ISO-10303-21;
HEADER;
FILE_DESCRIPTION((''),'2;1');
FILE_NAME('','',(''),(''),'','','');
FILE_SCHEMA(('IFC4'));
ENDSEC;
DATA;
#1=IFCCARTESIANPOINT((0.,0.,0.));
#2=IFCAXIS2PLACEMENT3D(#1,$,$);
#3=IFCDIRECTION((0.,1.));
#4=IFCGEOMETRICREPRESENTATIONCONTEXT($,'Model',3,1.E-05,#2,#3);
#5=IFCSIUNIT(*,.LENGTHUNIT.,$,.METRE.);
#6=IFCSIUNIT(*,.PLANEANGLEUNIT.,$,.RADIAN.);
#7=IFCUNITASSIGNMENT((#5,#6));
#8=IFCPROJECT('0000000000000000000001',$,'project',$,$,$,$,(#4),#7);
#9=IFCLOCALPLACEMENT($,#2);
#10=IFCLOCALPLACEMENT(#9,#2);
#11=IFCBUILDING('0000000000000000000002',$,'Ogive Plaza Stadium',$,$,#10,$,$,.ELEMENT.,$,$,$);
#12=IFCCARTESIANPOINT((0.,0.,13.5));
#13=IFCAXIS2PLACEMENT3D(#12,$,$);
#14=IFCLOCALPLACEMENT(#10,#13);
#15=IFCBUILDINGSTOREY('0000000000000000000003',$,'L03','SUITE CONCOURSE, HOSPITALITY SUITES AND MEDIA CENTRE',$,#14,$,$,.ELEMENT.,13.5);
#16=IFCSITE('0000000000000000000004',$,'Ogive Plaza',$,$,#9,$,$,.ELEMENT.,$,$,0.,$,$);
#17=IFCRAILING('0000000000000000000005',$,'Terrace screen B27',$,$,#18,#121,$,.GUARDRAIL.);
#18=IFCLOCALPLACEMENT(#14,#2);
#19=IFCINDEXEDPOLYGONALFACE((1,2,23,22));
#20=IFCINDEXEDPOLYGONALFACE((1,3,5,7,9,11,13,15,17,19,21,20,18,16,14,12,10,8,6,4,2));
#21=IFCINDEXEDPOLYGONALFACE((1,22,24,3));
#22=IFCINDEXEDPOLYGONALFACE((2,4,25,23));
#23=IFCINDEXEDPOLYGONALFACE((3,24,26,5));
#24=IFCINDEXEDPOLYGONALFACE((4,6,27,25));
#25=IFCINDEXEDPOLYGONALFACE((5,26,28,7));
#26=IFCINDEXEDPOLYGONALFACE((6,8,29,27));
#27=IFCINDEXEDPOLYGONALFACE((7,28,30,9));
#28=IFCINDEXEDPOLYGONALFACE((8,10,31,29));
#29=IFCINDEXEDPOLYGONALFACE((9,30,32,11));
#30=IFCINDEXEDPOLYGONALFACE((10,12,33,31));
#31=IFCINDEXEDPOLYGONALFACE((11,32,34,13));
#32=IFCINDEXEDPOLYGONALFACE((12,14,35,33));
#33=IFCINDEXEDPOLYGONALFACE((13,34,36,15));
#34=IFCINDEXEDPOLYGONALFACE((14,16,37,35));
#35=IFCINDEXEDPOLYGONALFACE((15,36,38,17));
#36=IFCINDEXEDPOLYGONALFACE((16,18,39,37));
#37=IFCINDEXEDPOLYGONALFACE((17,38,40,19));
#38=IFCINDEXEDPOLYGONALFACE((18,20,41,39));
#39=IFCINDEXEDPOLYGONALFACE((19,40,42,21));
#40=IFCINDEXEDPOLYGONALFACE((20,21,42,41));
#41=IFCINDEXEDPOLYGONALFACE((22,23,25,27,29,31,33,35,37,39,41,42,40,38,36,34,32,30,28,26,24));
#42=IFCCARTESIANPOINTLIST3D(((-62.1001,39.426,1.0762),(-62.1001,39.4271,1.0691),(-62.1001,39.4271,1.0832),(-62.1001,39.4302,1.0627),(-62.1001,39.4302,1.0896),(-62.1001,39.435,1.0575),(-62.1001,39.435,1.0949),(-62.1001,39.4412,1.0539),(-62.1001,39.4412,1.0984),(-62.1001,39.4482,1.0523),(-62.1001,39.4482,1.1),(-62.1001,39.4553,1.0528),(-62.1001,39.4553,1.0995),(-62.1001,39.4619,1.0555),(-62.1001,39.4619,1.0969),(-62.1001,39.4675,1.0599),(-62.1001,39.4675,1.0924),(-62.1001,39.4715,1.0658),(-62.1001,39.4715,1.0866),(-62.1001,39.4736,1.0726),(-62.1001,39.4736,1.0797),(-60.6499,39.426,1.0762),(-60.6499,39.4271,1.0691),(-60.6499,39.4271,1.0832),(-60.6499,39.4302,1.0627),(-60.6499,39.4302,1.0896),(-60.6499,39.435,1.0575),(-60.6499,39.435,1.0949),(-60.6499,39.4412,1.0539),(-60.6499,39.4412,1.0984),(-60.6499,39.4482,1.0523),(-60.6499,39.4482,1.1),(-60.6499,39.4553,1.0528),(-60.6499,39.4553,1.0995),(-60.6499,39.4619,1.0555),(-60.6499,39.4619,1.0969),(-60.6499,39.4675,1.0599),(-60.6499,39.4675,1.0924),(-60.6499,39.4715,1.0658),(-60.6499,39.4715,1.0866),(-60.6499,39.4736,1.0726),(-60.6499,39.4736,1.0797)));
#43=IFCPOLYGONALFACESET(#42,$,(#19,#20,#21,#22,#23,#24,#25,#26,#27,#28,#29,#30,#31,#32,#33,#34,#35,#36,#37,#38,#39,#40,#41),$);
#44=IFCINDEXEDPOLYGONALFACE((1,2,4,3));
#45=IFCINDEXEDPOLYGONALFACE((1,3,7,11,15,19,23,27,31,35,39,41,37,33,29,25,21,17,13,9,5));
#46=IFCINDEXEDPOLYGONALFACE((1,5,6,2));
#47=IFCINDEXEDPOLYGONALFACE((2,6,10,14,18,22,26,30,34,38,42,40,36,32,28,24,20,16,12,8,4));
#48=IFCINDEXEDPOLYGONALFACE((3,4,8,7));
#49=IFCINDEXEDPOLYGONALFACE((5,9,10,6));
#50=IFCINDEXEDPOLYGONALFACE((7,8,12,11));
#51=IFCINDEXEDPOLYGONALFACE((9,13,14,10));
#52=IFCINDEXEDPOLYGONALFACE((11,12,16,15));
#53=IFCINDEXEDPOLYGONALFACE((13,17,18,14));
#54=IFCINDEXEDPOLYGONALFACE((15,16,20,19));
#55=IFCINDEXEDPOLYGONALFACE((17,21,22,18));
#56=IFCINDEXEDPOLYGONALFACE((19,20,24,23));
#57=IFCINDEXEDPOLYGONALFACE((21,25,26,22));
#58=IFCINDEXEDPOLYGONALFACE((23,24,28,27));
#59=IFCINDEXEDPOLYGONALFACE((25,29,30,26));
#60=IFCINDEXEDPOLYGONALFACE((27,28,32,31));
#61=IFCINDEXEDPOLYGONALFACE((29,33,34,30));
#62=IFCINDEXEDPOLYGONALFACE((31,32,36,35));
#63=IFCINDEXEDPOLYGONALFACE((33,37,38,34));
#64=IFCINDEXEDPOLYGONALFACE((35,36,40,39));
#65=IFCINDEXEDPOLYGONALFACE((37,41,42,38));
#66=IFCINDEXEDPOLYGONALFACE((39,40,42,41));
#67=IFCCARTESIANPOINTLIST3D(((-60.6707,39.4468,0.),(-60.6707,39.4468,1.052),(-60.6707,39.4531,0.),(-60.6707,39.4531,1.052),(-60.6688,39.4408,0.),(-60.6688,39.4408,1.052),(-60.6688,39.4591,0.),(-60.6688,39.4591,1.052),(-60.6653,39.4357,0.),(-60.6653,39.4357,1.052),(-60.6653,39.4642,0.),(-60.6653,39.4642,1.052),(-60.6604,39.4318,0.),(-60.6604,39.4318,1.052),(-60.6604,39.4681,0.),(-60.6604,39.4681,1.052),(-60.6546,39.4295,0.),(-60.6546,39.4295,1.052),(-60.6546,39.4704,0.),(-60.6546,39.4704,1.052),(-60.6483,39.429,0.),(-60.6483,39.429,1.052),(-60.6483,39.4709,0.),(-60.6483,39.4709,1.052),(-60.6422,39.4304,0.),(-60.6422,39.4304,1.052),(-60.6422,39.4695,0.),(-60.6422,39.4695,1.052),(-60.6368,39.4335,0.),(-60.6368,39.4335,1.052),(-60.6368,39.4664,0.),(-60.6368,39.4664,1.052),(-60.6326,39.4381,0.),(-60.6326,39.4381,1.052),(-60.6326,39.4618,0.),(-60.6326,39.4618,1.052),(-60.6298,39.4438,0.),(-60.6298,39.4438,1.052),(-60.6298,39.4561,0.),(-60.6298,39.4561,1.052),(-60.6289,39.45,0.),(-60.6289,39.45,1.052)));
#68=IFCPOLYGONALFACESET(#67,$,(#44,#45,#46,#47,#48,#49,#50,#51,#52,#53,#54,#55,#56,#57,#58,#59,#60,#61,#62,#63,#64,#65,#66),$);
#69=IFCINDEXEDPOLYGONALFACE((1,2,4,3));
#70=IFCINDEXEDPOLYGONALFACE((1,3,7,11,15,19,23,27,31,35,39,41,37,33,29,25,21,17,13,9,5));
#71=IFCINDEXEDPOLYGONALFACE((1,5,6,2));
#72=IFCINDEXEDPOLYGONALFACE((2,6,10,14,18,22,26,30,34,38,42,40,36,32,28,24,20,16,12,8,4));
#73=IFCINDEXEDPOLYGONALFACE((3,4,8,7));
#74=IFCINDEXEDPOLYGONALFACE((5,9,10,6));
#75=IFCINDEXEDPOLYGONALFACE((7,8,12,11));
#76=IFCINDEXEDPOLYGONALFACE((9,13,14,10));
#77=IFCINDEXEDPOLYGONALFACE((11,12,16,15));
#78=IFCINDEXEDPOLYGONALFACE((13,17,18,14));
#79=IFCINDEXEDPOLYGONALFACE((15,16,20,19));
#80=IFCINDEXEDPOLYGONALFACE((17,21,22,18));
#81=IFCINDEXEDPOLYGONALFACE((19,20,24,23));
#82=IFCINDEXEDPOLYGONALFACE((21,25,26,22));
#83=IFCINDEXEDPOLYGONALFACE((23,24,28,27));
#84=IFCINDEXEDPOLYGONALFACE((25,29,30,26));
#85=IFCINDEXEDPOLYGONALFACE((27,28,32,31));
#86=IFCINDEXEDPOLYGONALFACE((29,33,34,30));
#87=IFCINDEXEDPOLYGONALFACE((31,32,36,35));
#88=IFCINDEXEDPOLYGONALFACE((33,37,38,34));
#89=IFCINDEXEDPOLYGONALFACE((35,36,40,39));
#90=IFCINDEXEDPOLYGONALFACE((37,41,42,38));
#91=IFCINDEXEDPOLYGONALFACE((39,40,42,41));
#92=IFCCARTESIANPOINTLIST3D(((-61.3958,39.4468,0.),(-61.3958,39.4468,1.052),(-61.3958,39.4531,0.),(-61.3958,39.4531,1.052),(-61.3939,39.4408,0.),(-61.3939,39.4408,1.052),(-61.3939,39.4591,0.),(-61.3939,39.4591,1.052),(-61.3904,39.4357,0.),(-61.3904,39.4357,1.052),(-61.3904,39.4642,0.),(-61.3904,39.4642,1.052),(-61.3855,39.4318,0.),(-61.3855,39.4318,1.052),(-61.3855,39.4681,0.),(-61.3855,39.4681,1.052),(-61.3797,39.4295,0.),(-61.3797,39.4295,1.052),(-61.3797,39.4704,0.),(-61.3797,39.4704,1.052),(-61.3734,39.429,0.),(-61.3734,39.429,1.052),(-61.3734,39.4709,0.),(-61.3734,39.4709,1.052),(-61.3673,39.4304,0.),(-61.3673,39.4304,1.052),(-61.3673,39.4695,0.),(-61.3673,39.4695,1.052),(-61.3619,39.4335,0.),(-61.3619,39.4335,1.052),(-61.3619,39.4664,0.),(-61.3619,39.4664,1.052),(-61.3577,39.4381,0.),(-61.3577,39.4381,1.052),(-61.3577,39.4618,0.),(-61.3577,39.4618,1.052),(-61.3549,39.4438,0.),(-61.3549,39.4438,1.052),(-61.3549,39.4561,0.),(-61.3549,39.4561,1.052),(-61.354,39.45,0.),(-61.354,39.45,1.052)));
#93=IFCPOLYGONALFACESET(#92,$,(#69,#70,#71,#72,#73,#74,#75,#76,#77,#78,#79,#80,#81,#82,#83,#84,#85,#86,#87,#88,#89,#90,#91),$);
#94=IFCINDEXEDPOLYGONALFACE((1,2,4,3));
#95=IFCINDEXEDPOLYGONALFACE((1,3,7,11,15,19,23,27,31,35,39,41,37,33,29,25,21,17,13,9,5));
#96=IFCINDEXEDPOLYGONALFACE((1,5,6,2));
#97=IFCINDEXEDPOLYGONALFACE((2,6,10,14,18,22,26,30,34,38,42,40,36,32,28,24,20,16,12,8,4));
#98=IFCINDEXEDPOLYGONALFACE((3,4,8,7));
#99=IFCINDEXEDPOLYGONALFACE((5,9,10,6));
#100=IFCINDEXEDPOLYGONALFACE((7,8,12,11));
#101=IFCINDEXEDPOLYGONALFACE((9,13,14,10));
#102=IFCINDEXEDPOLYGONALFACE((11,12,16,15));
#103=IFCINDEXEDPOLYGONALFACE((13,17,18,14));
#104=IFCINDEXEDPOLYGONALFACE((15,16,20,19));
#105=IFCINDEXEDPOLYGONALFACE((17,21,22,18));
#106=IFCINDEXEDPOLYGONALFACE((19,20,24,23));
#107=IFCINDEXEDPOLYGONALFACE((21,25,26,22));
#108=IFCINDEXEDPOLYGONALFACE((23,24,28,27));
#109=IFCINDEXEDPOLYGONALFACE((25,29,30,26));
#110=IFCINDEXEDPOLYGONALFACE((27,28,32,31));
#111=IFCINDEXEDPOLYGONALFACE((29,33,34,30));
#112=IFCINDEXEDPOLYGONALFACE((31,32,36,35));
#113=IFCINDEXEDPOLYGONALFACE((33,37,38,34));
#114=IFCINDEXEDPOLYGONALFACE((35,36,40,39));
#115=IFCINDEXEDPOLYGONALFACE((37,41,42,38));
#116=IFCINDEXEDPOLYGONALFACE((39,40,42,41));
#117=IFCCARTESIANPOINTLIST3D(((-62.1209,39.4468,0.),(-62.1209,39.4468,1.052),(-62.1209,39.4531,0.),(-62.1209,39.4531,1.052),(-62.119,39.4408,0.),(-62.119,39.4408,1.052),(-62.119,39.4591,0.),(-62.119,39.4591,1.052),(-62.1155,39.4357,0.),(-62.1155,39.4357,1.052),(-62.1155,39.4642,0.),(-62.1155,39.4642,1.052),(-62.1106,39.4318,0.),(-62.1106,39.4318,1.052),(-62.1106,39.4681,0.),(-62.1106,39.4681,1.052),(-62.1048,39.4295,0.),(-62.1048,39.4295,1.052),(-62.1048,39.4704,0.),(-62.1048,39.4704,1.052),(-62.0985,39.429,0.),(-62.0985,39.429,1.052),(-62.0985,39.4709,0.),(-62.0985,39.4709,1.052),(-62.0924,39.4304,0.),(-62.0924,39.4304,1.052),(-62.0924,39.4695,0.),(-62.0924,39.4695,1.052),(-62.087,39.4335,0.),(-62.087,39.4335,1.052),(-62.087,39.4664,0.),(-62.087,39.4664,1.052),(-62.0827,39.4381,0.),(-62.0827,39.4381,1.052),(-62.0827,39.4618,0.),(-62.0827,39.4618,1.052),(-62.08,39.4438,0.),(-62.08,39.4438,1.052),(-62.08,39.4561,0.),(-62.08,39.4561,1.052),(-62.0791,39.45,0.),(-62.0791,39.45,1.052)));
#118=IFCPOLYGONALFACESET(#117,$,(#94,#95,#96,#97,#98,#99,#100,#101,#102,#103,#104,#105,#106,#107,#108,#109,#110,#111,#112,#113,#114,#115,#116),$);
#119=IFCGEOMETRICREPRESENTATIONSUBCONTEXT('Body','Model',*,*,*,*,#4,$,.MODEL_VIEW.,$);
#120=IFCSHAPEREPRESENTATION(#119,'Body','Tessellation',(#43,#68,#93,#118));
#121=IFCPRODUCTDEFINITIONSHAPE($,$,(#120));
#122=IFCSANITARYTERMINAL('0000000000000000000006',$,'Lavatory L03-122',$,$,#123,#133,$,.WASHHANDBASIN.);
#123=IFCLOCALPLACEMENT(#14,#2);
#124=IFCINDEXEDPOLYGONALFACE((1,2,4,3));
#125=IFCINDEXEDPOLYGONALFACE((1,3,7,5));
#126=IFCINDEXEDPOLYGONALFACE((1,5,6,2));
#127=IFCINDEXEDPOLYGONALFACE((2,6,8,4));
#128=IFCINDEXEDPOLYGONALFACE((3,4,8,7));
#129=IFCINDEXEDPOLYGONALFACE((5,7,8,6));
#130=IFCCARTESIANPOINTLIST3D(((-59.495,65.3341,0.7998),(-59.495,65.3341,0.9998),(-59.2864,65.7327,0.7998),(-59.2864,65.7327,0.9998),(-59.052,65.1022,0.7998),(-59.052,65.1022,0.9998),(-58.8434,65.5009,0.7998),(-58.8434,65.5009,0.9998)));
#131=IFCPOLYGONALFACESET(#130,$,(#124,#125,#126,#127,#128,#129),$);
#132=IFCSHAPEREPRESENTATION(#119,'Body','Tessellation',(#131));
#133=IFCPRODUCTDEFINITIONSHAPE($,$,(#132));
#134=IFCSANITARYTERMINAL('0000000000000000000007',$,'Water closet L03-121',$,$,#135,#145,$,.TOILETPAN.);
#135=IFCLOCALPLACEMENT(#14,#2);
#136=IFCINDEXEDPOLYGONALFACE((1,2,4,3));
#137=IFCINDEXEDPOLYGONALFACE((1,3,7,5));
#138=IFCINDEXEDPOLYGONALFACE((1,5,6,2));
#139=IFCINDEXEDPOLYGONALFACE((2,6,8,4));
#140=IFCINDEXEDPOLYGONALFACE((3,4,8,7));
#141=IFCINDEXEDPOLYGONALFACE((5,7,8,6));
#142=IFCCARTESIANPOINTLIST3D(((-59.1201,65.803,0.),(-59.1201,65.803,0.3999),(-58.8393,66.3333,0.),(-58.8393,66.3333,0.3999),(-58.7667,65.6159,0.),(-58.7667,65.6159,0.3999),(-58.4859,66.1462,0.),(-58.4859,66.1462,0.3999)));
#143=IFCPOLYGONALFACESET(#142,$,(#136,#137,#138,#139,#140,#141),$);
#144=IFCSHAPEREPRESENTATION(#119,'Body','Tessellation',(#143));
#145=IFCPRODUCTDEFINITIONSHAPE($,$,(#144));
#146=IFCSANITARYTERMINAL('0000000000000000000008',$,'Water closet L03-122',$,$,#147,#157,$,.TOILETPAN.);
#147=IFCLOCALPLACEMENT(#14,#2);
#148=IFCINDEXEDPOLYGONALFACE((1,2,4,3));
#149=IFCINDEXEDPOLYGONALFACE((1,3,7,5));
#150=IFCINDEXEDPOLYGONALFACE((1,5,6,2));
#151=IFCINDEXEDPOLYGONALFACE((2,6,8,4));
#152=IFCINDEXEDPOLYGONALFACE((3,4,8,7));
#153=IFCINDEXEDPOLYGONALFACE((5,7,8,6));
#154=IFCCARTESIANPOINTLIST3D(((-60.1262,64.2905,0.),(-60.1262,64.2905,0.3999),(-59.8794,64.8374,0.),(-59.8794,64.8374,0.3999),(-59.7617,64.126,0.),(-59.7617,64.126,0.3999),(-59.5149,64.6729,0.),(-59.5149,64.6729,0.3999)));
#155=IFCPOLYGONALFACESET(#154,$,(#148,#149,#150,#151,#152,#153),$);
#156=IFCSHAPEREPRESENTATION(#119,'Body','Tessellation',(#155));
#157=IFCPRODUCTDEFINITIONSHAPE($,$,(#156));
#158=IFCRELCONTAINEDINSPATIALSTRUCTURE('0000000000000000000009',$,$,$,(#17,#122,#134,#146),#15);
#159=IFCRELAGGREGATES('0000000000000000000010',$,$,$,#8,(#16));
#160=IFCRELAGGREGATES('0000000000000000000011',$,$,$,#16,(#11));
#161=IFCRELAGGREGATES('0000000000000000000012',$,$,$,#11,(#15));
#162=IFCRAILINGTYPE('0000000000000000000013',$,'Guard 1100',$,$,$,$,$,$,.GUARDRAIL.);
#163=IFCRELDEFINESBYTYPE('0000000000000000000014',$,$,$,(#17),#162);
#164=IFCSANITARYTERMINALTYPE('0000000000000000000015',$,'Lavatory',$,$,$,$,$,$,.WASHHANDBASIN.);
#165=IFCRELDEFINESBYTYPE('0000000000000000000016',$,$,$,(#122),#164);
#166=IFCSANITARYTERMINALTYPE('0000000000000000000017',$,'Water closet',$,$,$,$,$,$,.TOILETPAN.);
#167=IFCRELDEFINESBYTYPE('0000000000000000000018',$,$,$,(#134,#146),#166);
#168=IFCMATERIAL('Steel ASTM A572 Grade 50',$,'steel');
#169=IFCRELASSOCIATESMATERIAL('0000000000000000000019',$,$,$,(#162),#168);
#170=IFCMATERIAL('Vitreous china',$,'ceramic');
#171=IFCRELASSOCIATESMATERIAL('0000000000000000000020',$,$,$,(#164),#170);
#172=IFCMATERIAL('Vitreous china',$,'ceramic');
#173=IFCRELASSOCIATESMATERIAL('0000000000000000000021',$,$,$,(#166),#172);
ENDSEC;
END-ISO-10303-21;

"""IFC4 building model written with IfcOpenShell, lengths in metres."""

from ifc_helpers import new_model, si_unit, direction, frame, origin, origin_2d, place, context, subcontext, project, spatial, rectangle, circle, extrude, material, type_object, element, save


model = new_model("IFC4")

# Units and contexts
model_context = context("Model", 3, precision=1e-05, world=origin(), true_north=direction((0.0, 1.0)))
body_context = subcontext(model_context, "Body", "Model", "MODEL_VIEW")
ifc_project = project(units=[si_unit("LENGTHUNIT", "METRE"), si_unit("PLANEANGLEUNIT", "RADIAN")], contexts=[model_context])

# Site, building, storey
site_placement = place(None, origin())
site = spatial("IfcSite", under=ifc_project, at=site_placement, Name="Ogive Plaza", CompositionType="ELEMENT", RefElevation=0.0)
building_placement = place(site_placement, origin())
building = spatial("IfcBuilding", under=site, at=building_placement, Name="Ogive Plaza Stadium", CompositionType="ELEMENT")
storey_placement = place(building_placement, frame((0.0, 0.0, 13.5)))
storey = spatial("IfcBuildingStorey", under=building, at=storey_placement, Name="L03", Description="SUITE CONCOURSE, HOSPITALITY SUITES AND MEDIA CENTRE", CompositionType="ELEMENT", Elevation=13.5)

# Railing
ifc_material_1 = material(Name="Steel ASTM A572 Grade 50", Category="steel")
railing_type = type_object("IfcRailingType", Name="Guard 1100", PredefinedType="GUARDRAIL", material=ifc_material_1)
for number, where, name in (
    (1, (-60.6499, 39.45, 0.0), "Terrace screen B27"),
):
    element("IfcRailing", number, at=place(storey_placement, frame(where)), inside=storey, type_object=railing_type, Name=name, PredefinedType="GUARDRAIL", context=body_context, shape_type="SweptSolid", body=[
        extrude(circle(Radius=0.0239, at=origin_2d()), frame((0.0, 0.0, 1.0762), z_axis=(-1.0, 0.0, 0.0), x_axis=(0.0, -1.0, 0.0)), (0.0, 0.0, 1.0), 1.4502),
        extrude(circle(Radius=0.021, at=origin_2d()), origin(), (0.0, 0.0, 1.0), 1.052),
        extrude(circle(Radius=0.021, at=origin_2d()), frame((-0.7251, 0.0, 0.0)), (0.0, 0.0, 1.0), 1.052),
        extrude(circle(Radius=0.021, at=origin_2d()), frame((-1.4502, 0.0, 0.0)), (0.0, 0.0, 1.0), 1.052),
    ])

# Sanitary terminals
ifc_material_2 = material(Name="Vitreous china", Category="ceramic")
sanitary_terminal_type_1 = type_object("IfcSanitaryTerminalType", Name="Lavatory", PredefinedType="WASHHANDBASIN", material=ifc_material_2)
sanitary_terminal_placement = place(storey_placement, frame((-59.1692, 65.4175, 0.7998), z_axis=(0.0, 0.0, 1.0), x_axis=(-0.886013, 0.463659, 0.0)))
element("IfcSanitaryTerminal", 2, at=sanitary_terminal_placement, inside=storey, type_object=sanitary_terminal_type_1, Name="Lavatory L03-122", PredefinedType="WASHHANDBASIN", context=body_context, shape_type="SweptSolid", body=[
    extrude(rectangle(XDim=0.5, YDim=0.45, at=origin_2d()), origin(), (0.0, 0.0, 1.0), 0.2),
])
ifc_material_3 = material(Name="Vitreous china", Category="ceramic")
sanitary_terminal_type_2 = type_object("IfcSanitaryTerminalType", Name="Water closet", PredefinedType="TOILETPAN", material=ifc_material_3)
for number, where, z_axis, x_axis, name in (
    (3, (-58.803, 65.9746, 0.0), (0.0, 0.0, 1.0), (-0.883726, 0.468005, 0.0), "Water closet L03-121"),
    (4, (-59.8206, 64.4817, 0.0), (0.0, 0.0, 1.0), (-0.911479, 0.411346, 0.0), "Water closet L03-122"),
):
    element("IfcSanitaryTerminal", number, at=place(storey_placement, frame(where, z_axis=z_axis, x_axis=x_axis)), inside=storey, type_object=sanitary_terminal_type_2, Name=name, PredefinedType="TOILETPAN", context=body_context, shape_type="SweptSolid", body=[
        extrude(rectangle(XDim=0.3999, YDim=0.6001, at=origin_2d()), origin(), (0.0, 0.0, 1.0), 0.3999),
    ])

save(model, "model.ifc")
